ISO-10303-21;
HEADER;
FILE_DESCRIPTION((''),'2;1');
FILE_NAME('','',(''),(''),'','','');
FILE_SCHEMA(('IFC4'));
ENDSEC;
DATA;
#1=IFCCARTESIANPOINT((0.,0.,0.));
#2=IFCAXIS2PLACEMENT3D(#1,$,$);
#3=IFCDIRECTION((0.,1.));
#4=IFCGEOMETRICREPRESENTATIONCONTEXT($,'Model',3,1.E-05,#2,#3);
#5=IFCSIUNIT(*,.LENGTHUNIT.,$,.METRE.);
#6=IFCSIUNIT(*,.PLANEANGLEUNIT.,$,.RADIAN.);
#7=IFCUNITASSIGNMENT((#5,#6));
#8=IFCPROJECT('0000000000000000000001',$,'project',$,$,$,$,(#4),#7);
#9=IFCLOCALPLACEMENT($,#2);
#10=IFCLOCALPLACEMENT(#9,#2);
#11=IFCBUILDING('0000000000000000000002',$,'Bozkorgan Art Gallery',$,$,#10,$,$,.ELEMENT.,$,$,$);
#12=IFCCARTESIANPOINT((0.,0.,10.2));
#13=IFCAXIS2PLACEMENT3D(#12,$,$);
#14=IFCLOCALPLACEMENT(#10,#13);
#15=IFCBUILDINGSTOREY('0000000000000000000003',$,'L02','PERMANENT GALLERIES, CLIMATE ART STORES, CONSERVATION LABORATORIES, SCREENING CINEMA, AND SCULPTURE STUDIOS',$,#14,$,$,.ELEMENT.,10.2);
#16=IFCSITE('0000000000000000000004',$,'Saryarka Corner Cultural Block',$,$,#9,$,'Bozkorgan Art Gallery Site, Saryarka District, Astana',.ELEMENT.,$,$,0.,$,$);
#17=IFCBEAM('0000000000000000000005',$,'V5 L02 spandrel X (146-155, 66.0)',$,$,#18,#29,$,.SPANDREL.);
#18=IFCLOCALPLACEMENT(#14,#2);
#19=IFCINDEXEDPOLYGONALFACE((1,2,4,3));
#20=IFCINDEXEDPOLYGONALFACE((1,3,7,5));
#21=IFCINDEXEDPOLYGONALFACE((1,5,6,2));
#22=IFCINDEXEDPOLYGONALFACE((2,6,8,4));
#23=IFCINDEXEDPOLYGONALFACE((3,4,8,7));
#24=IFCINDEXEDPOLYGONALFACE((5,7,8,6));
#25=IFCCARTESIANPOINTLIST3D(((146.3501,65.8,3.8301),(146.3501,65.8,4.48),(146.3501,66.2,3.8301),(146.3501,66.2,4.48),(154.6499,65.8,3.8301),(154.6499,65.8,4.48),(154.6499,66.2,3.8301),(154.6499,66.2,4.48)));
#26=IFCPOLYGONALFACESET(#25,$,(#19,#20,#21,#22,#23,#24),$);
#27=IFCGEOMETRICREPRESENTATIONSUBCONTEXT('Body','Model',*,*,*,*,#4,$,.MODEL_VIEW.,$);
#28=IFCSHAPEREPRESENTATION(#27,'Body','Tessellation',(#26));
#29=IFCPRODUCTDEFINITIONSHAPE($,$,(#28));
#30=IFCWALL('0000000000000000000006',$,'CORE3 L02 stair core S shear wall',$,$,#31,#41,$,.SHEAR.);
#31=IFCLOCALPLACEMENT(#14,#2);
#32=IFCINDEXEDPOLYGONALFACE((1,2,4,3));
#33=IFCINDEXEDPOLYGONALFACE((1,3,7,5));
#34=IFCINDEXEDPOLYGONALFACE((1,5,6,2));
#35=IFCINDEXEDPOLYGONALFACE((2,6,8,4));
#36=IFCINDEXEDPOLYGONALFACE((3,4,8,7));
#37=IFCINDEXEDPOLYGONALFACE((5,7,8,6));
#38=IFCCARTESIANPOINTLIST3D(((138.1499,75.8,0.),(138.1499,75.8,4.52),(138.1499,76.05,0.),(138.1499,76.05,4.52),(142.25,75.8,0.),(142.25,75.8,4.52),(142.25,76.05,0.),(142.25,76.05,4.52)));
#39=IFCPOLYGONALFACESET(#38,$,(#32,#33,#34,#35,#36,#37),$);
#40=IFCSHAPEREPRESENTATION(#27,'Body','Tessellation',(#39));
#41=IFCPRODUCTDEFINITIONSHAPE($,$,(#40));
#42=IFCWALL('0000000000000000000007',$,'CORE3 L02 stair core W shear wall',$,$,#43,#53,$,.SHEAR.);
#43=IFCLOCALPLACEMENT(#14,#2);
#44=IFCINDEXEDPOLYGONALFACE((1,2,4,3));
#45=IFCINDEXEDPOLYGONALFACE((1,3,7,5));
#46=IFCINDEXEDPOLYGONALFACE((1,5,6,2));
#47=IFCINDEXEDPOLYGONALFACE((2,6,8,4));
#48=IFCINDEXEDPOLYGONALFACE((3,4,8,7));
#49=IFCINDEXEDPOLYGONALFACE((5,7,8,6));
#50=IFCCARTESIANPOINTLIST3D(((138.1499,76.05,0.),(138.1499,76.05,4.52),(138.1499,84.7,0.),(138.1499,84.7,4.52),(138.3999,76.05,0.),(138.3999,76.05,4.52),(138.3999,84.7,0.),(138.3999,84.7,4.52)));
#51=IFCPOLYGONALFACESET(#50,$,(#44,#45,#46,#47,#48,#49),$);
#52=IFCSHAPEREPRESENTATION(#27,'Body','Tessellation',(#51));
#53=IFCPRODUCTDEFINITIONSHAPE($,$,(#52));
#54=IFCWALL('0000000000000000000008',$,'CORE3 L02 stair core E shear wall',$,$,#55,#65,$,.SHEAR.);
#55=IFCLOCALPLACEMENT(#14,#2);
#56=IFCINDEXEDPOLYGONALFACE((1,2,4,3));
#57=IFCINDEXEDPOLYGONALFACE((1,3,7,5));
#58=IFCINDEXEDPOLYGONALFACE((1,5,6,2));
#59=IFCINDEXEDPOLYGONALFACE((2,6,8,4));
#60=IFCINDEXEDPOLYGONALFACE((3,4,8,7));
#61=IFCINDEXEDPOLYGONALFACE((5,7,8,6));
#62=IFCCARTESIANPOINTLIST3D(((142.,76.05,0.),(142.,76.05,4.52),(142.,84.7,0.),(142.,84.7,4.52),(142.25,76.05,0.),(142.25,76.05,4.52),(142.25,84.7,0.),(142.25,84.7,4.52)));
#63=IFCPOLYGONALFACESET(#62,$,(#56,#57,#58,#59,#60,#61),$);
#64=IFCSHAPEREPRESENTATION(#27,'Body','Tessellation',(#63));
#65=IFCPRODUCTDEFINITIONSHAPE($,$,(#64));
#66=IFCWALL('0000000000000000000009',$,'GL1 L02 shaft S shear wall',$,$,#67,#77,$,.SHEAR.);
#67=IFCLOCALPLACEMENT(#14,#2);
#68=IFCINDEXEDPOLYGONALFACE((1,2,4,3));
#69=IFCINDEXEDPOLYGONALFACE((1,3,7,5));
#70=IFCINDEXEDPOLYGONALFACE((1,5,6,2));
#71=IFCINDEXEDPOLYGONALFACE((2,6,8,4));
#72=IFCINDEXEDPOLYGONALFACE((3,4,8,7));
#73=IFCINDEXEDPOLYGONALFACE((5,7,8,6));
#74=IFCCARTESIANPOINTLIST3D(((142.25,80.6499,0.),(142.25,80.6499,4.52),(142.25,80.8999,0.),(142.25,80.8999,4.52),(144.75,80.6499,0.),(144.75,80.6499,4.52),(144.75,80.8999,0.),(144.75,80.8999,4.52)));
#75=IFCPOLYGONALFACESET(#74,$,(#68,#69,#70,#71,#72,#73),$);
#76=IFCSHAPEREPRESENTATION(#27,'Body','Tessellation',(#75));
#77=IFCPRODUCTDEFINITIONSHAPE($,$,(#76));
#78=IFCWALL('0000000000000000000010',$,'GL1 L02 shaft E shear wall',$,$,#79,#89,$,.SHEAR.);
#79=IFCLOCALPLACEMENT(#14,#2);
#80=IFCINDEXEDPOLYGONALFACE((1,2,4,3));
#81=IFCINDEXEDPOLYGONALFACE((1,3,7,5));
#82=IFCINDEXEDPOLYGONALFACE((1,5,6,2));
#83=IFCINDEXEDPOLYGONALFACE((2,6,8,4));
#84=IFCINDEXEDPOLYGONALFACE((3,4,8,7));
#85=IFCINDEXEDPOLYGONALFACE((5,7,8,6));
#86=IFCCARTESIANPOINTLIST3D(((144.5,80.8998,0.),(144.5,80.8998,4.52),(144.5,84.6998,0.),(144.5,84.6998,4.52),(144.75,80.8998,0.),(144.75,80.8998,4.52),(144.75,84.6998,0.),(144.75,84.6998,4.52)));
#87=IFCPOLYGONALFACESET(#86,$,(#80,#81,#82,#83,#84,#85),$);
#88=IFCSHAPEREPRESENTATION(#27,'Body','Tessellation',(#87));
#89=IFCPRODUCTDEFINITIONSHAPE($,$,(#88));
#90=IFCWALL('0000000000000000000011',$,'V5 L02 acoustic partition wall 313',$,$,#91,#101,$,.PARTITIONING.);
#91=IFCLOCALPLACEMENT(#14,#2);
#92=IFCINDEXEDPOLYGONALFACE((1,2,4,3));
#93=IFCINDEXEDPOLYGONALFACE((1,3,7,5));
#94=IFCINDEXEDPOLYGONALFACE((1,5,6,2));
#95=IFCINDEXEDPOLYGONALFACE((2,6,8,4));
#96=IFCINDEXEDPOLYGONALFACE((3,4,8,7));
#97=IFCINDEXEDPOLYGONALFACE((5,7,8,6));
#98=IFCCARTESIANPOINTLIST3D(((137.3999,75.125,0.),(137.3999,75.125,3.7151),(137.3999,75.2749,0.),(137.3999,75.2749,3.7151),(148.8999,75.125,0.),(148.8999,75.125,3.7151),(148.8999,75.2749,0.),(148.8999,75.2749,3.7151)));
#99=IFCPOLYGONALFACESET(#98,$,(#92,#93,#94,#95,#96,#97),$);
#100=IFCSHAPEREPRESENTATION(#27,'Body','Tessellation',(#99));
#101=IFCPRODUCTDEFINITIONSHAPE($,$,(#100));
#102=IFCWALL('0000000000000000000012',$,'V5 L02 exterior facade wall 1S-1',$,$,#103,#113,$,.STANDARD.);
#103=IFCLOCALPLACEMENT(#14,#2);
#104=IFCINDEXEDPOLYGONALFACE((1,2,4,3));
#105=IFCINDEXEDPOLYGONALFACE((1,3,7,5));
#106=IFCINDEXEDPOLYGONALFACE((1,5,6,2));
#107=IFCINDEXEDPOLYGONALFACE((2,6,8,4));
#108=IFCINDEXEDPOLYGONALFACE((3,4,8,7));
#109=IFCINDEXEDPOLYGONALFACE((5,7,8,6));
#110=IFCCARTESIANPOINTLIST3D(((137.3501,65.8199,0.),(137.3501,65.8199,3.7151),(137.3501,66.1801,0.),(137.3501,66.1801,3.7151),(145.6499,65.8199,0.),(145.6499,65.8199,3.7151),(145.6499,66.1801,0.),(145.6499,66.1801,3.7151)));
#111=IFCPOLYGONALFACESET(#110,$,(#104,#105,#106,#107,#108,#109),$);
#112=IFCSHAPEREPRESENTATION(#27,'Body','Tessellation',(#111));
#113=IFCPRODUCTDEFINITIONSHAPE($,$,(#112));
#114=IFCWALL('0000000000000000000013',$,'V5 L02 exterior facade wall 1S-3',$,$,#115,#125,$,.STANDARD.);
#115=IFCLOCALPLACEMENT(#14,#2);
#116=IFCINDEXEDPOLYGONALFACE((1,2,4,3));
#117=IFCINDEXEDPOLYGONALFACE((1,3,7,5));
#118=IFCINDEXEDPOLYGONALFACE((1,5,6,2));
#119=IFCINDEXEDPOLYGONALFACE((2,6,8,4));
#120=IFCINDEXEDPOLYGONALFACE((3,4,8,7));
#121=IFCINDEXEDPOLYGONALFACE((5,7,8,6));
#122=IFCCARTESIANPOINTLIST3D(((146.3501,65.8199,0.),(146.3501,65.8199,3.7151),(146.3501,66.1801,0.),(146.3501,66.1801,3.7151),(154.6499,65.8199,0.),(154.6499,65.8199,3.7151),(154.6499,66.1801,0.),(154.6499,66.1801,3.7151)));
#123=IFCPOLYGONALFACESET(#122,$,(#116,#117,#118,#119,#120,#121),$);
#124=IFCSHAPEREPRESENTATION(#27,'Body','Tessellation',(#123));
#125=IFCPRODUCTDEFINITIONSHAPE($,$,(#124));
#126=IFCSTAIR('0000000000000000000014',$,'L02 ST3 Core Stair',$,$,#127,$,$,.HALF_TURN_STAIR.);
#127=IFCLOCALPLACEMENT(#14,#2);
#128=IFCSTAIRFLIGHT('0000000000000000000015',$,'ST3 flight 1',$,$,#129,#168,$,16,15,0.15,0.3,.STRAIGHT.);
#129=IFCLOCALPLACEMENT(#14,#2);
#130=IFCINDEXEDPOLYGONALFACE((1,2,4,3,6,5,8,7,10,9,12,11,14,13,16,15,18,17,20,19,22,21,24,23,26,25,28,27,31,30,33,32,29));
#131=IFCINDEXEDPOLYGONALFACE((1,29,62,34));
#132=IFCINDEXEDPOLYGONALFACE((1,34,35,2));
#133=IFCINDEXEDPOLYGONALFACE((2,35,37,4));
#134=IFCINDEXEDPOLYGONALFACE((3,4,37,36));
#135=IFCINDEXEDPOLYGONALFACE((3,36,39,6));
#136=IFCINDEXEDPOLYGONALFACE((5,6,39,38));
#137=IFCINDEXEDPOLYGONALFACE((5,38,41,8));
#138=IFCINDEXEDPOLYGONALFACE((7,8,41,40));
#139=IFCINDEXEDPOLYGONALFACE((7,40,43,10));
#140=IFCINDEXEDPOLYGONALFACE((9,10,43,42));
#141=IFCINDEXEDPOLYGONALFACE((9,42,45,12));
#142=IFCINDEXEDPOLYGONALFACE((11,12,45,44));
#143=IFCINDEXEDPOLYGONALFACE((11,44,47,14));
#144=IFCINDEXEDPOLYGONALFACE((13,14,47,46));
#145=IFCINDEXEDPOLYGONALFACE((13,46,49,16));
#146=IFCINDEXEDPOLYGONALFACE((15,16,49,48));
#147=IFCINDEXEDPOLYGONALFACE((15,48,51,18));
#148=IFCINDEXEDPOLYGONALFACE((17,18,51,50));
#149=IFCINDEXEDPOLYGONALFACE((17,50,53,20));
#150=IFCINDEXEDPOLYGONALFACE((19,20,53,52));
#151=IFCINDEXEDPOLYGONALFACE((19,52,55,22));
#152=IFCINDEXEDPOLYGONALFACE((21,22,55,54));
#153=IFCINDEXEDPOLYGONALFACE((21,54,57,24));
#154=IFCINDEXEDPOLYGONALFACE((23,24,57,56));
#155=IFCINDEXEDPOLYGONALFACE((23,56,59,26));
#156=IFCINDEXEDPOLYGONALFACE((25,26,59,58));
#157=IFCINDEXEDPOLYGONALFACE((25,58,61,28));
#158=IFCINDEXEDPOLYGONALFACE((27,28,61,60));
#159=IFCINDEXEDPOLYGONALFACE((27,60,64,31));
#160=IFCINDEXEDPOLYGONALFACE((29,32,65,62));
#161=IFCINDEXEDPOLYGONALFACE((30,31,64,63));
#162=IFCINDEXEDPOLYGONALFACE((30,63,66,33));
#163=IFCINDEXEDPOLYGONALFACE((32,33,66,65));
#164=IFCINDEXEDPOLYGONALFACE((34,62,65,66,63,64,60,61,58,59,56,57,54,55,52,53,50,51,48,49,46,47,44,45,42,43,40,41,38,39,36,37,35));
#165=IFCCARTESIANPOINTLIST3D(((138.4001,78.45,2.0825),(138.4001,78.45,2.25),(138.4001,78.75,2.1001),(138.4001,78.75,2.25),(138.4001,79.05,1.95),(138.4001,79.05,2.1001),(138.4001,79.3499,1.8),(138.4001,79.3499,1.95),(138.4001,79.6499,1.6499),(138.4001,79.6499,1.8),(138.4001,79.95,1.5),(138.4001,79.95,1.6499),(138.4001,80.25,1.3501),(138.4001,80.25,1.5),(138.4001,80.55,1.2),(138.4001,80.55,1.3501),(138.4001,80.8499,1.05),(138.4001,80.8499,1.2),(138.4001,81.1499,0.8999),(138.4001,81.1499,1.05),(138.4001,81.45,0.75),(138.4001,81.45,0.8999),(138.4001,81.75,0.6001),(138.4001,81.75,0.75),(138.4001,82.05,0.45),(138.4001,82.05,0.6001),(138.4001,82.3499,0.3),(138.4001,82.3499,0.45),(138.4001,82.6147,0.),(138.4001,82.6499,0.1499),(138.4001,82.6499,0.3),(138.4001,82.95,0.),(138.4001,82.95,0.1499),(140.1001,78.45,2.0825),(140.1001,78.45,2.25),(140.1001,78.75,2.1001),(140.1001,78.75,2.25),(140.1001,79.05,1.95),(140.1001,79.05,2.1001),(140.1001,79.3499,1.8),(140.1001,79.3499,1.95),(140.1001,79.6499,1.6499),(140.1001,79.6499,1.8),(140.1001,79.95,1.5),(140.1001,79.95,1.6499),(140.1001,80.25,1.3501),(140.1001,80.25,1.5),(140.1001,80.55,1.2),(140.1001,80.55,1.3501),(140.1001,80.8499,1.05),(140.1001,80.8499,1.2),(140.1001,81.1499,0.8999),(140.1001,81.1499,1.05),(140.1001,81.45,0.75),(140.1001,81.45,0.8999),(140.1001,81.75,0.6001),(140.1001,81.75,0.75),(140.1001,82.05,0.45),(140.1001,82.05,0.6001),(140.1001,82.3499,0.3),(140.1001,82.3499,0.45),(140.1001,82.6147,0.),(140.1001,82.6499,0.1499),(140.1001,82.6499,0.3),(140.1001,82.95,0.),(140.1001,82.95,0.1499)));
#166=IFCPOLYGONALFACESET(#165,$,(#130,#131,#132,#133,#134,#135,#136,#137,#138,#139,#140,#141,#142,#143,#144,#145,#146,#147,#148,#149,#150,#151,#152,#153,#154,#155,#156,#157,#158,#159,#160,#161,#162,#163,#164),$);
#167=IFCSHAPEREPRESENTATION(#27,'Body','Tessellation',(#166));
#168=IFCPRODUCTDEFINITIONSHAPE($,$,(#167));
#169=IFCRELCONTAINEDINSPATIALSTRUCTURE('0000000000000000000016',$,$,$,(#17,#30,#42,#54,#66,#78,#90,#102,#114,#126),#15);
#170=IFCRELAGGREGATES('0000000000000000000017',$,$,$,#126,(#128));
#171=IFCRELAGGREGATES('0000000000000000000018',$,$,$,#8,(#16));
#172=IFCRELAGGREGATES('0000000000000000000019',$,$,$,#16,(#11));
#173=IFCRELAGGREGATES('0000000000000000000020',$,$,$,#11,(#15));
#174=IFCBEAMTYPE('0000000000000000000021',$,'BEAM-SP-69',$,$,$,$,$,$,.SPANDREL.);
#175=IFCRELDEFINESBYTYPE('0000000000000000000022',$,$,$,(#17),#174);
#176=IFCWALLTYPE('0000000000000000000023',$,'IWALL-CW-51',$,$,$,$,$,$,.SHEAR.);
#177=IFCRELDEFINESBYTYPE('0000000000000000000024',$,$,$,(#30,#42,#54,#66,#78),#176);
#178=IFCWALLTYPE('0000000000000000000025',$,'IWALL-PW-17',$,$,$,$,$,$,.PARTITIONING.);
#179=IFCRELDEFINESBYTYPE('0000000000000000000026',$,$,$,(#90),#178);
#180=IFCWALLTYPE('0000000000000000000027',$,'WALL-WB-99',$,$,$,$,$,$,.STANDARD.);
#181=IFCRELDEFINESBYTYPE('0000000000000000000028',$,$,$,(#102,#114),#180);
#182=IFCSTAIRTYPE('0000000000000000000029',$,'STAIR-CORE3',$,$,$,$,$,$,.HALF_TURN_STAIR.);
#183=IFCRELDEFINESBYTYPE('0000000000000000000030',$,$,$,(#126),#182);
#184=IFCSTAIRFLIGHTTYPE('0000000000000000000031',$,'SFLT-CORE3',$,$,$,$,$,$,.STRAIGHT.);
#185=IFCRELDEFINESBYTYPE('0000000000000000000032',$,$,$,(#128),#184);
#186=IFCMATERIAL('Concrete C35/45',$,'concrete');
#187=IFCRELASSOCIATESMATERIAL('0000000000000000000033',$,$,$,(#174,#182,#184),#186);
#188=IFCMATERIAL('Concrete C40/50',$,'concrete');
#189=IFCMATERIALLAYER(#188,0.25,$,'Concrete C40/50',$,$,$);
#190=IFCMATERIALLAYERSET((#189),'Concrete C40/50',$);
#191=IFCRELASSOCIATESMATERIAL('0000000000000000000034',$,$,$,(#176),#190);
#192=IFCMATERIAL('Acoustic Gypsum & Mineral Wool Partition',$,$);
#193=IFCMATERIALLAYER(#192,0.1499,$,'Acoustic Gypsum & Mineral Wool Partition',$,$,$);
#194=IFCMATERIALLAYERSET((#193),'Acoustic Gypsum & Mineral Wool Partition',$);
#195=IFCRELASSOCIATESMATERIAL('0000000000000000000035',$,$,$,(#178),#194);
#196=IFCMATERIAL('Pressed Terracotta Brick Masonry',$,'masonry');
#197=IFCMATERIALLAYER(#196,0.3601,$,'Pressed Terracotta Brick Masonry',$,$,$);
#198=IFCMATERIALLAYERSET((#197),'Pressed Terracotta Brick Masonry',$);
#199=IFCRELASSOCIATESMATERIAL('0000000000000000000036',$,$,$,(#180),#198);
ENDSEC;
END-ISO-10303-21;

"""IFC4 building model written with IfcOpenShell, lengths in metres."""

from ifc_helpers import new_model, si_unit, direction, frame, frame_2d, origin, origin_2d, place, context, subcontext, project, spatial, polyline, rectangle, outline, extrude, material, layer, layer_set, material_profile, profile_set, type_object, element, aggregate, save


model = new_model("IFC4")

# Units and contexts
model_context = context("Model", 3, precision=1e-05, world=origin(), true_north=direction((0.0, 1.0)))
body_context = subcontext(model_context, "Body", "Model", "MODEL_VIEW")
ifc_project = project(units=[si_unit("LENGTHUNIT", "METRE"), si_unit("PLANEANGLEUNIT", "RADIAN")], contexts=[model_context])

# Site, building, storey
site_placement = place(None, origin())
site = spatial("IfcSite", under=ifc_project, at=site_placement, Name="Saryarka Corner Cultural Block", LongName="Bozkorgan Art Gallery Site, Saryarka District, Astana", CompositionType="ELEMENT", RefElevation=0.0)
building_placement = place(site_placement, origin())
building = spatial("IfcBuilding", under=site, at=building_placement, Name="Bozkorgan Art Gallery", CompositionType="ELEMENT")
storey_placement = place(building_placement, frame((0.0, 0.0, 10.2)))
storey = spatial("IfcBuildingStorey", under=building, at=storey_placement, Name="L02", Description="PERMANENT GALLERIES, CLIMATE ART STORES, CONSERVATION LABORATORIES, SCREENING CINEMA, AND SCULPTURE STUDIOS", CompositionType="ELEMENT", Elevation=10.2)

# Shared definitions
ifc_material_1 = material(Name="Concrete C40/50", Category="concrete")

# Beam
ifc_material_2 = material(Name="Concrete C35/45", Category="concrete")
ifc_material_profile_1 = material_profile(ifc_material_2, rectangle(XDim=0.3999, YDim=0.6499, at=origin_2d()), Name="RC 400x650")
ifc_profile_set_1 = profile_set([ifc_material_profile_1], Name="Concrete C35/45")
beam_type_1 = type_object("IfcBeamType", Name="BEAM-SP-69", PredefinedType="SPANDREL", material=ifc_profile_set_1)
beam_1_placement = place(storey_placement, frame((146.3501, 66.0, 4.155), z_axis=(1.0, 0.0, 0.0), x_axis=(0.0, 1.0, 0.0)))
element("IfcBeam", 1, at=beam_1_placement, inside=storey, type_object=beam_type_1, Name="V5 L02 spandrel X (146-155, 66.0)", PredefinedType="SPANDREL", context=body_context, shape_type="SweptSolid", body=[
    extrude(rectangle(XDim=0.3999, YDim=0.6499, at=origin_2d()), origin(), (0.0, 0.0, 1.0), 8.2998),
])

# Walls
ifc_layer_1 = layer(ifc_material_1, 0.25, Name="Concrete C40/50")
ifc_layer_set_1 = layer_set([ifc_layer_1], Name="Concrete C40/50")
wall_type_1 = type_object("IfcWallType", Name="IWALL-CW-51", PredefinedType="SHEAR", material=ifc_layer_set_1)
wall_1_placement = place(storey_placement, frame((138.1499, 75.925, 0.0), z_axis=(0.0, 0.0, 1.0), x_axis=(1.0, 0.0, 0.0)))
element("IfcWall", 2, at=wall_1_placement, inside=storey, type_object=wall_type_1, Name="CORE3 L02 stair core S shear wall", PredefinedType="SHEAR", context=body_context, shape_type="SweptSolid", body=[
    extrude(rectangle(XDim=4.1001, YDim=0.25, at=frame_2d((2.05, 0.0))), origin(), (0.0, 0.0, 1.0), 4.52),
])
for number, where, z_axis, x_axis, name in (
    (3, (138.2749, 76.05, 0.0), (0.0, 0.0, 1.0), (0.0, 1.0, 0.0), "CORE3 L02 stair core W shear wall"),
    (4, (142.125, 76.05, 0.0), (0.0, 0.0, 1.0), (0.0, 1.0, 0.0), "CORE3 L02 stair core E shear wall"),
):
    element("IfcWall", number, at=place(storey_placement, frame(where, z_axis=z_axis, x_axis=x_axis)), inside=storey, type_object=wall_type_1, Name=name, PredefinedType="SHEAR", context=body_context, shape_type="SweptSolid", body=[
        extrude(rectangle(XDim=8.6499, YDim=0.25, at=frame_2d((4.325, 0.0))), origin(), (0.0, 0.0, 1.0), 4.52),
    ])
wall_2_placement = place(storey_placement, frame((142.25, 80.7749, 0.0), z_axis=(0.0, 0.0, 1.0), x_axis=(1.0, 0.0, 0.0)))
element("IfcWall", 5, at=wall_2_placement, inside=storey, type_object=wall_type_1, Name="GL1 L02 shaft S shear wall", PredefinedType="SHEAR", context=body_context, shape_type="SweptSolid", body=[
    extrude(rectangle(XDim=2.5, YDim=0.25, at=frame_2d((1.25, 0.0))), origin(), (0.0, 0.0, 1.0), 4.52),
])
wall_3_placement = place(storey_placement, frame((144.625, 80.8999, 0.0), z_axis=(0.0, 0.0, 1.0), x_axis=(0.0, 1.0, 0.0)))
element("IfcWall", 6, at=wall_3_placement, inside=storey, type_object=wall_type_1, Name="GL1 L02 shaft E shear wall", PredefinedType="SHEAR", context=body_context, shape_type="SweptSolid", body=[
    extrude(rectangle(XDim=3.8, YDim=0.25, at=frame_2d((1.8999, 0.0))), origin(), (0.0, 0.0, 1.0), 4.52),
])
ifc_material_3 = material(Name="Acoustic Gypsum & Mineral Wool Partition")
ifc_layer_2 = layer(ifc_material_3, 0.1499, Name="Acoustic Gypsum & Mineral Wool Partition")
ifc_layer_set_2 = layer_set([ifc_layer_2], Name="Acoustic Gypsum & Mineral Wool Partition")
wall_type_2 = type_object("IfcWallType", Name="IWALL-PW-17", PredefinedType="PARTITIONING", material=ifc_layer_set_2)
wall_4_placement = place(storey_placement, frame((137.3999, 75.2, 0.0), z_axis=(0.0, 0.0, 1.0), x_axis=(1.0, 0.0, 0.0)))
element("IfcWall", 7, at=wall_4_placement, inside=storey, type_object=wall_type_2, Name="V5 L02 acoustic partition wall 313", PredefinedType="PARTITIONING", context=body_context, shape_type="SweptSolid", body=[
    extrude(rectangle(XDim=11.5, YDim=0.1499, at=frame_2d((5.75, 0.0))), origin(), (0.0, 0.0, 1.0), 3.7151),
])
ifc_material_4 = material(Name="Pressed Terracotta Brick Masonry", Category="masonry")
ifc_layer_3 = layer(ifc_material_4, 0.3601, Name="Pressed Terracotta Brick Masonry")
ifc_layer_set_3 = layer_set([ifc_layer_3], Name="Pressed Terracotta Brick Masonry")
wall_type_3 = type_object("IfcWallType", Name="WALL-WB-99", PredefinedType="STANDARD", material=ifc_layer_set_3)
for number, where, z_axis, x_axis, name in (
    (8, (137.3501, 66.0, 0.0), (0.0, 0.0, 1.0), (1.0, 0.0, 0.0), "V5 L02 exterior facade wall 1S-1"),
    (9, (146.3501, 66.0, 0.0), (0.0, 0.0, 1.0), (1.0, 0.0, 0.0), "V5 L02 exterior facade wall 1S-3"),
):
    element("IfcWall", number, at=place(storey_placement, frame(where, z_axis=z_axis, x_axis=x_axis)), inside=storey, type_object=wall_type_3, Name=name, PredefinedType="STANDARD", context=body_context, shape_type="SweptSolid", body=[
        extrude(rectangle(XDim=8.2998, YDim=0.3601, at=frame_2d((4.1499, 0.0))), origin(), (0.0, 0.0, 1.0), 3.7151),
    ])

# Stair, stair flight
stair_type = type_object("IfcStairType", Name="STAIR-CORE3", PredefinedType="HALF_TURN_STAIR", material=ifc_material_2)
stair_placement = place(storey_placement, origin())
stair = element("IfcStair", 10, at=stair_placement, inside=storey, type_object=stair_type, Name="L02 ST3 Core Stair", PredefinedType="HALF_TURN_STAIR")
stair_flight_type = type_object("IfcStairFlightType", Name="SFLT-CORE3", PredefinedType="STRAIGHT", material=ifc_material_2)
stair_flight_1_placement = place(storey_placement, frame((139.25, 82.95, 0.0), z_axis=(0.0, 0.0, 1.0), x_axis=(0.0, -1.0, 0.0)))
stair_flight_1 = element("IfcStairFlight", 11, at=stair_flight_1_placement, type_object=stair_flight_type, Name="ST3 flight 1", NumberOfRisers=16, NumberOfTreads=15, PredefinedType="STRAIGHT", RiserHeight=0.15, TreadLength=0.3, context=body_context, shape_type="SweptSolid", body=[
    extrude(outline(polyline([(0.0, 0.0), (0.0, 0.1499), (0.3, 0.1499), (0.3, 0.3), (0.6001, 0.3), (0.6001, 0.45), (0.8999, 0.45), (0.8999, 0.6001), (1.2, 0.6001), (1.2, 0.75), (1.5, 0.75), (1.5, 0.8999), (1.8, 0.8999), (1.8, 1.05), (2.1001, 1.05), (2.1001, 1.2), (2.3999, 1.2), (2.3999, 1.3501), (2.7, 1.3501), (2.7, 1.5), (3.0, 1.5), (3.0, 1.6499), (3.3, 1.6499), (3.3, 1.8), (3.6001, 1.8), (3.6001, 1.95), (3.8999, 1.95), (3.8999, 2.1001), (4.2, 2.1001), (4.2, 2.25), (4.5, 2.25), (4.5, 2.3999), (4.5, 2.0825), (0.3352, 0.0), (0.0, 0.0)])), frame((0.0, 0.8501, 0.0), z_axis=(0.0, -1.0, 0.0), x_axis=(1.0, 0.0, 0.0)), (0.0, 0.0, 1.0), 1.7),
])
aggregate(stair, [stair_flight_1])

save(model, "model.ifc")
